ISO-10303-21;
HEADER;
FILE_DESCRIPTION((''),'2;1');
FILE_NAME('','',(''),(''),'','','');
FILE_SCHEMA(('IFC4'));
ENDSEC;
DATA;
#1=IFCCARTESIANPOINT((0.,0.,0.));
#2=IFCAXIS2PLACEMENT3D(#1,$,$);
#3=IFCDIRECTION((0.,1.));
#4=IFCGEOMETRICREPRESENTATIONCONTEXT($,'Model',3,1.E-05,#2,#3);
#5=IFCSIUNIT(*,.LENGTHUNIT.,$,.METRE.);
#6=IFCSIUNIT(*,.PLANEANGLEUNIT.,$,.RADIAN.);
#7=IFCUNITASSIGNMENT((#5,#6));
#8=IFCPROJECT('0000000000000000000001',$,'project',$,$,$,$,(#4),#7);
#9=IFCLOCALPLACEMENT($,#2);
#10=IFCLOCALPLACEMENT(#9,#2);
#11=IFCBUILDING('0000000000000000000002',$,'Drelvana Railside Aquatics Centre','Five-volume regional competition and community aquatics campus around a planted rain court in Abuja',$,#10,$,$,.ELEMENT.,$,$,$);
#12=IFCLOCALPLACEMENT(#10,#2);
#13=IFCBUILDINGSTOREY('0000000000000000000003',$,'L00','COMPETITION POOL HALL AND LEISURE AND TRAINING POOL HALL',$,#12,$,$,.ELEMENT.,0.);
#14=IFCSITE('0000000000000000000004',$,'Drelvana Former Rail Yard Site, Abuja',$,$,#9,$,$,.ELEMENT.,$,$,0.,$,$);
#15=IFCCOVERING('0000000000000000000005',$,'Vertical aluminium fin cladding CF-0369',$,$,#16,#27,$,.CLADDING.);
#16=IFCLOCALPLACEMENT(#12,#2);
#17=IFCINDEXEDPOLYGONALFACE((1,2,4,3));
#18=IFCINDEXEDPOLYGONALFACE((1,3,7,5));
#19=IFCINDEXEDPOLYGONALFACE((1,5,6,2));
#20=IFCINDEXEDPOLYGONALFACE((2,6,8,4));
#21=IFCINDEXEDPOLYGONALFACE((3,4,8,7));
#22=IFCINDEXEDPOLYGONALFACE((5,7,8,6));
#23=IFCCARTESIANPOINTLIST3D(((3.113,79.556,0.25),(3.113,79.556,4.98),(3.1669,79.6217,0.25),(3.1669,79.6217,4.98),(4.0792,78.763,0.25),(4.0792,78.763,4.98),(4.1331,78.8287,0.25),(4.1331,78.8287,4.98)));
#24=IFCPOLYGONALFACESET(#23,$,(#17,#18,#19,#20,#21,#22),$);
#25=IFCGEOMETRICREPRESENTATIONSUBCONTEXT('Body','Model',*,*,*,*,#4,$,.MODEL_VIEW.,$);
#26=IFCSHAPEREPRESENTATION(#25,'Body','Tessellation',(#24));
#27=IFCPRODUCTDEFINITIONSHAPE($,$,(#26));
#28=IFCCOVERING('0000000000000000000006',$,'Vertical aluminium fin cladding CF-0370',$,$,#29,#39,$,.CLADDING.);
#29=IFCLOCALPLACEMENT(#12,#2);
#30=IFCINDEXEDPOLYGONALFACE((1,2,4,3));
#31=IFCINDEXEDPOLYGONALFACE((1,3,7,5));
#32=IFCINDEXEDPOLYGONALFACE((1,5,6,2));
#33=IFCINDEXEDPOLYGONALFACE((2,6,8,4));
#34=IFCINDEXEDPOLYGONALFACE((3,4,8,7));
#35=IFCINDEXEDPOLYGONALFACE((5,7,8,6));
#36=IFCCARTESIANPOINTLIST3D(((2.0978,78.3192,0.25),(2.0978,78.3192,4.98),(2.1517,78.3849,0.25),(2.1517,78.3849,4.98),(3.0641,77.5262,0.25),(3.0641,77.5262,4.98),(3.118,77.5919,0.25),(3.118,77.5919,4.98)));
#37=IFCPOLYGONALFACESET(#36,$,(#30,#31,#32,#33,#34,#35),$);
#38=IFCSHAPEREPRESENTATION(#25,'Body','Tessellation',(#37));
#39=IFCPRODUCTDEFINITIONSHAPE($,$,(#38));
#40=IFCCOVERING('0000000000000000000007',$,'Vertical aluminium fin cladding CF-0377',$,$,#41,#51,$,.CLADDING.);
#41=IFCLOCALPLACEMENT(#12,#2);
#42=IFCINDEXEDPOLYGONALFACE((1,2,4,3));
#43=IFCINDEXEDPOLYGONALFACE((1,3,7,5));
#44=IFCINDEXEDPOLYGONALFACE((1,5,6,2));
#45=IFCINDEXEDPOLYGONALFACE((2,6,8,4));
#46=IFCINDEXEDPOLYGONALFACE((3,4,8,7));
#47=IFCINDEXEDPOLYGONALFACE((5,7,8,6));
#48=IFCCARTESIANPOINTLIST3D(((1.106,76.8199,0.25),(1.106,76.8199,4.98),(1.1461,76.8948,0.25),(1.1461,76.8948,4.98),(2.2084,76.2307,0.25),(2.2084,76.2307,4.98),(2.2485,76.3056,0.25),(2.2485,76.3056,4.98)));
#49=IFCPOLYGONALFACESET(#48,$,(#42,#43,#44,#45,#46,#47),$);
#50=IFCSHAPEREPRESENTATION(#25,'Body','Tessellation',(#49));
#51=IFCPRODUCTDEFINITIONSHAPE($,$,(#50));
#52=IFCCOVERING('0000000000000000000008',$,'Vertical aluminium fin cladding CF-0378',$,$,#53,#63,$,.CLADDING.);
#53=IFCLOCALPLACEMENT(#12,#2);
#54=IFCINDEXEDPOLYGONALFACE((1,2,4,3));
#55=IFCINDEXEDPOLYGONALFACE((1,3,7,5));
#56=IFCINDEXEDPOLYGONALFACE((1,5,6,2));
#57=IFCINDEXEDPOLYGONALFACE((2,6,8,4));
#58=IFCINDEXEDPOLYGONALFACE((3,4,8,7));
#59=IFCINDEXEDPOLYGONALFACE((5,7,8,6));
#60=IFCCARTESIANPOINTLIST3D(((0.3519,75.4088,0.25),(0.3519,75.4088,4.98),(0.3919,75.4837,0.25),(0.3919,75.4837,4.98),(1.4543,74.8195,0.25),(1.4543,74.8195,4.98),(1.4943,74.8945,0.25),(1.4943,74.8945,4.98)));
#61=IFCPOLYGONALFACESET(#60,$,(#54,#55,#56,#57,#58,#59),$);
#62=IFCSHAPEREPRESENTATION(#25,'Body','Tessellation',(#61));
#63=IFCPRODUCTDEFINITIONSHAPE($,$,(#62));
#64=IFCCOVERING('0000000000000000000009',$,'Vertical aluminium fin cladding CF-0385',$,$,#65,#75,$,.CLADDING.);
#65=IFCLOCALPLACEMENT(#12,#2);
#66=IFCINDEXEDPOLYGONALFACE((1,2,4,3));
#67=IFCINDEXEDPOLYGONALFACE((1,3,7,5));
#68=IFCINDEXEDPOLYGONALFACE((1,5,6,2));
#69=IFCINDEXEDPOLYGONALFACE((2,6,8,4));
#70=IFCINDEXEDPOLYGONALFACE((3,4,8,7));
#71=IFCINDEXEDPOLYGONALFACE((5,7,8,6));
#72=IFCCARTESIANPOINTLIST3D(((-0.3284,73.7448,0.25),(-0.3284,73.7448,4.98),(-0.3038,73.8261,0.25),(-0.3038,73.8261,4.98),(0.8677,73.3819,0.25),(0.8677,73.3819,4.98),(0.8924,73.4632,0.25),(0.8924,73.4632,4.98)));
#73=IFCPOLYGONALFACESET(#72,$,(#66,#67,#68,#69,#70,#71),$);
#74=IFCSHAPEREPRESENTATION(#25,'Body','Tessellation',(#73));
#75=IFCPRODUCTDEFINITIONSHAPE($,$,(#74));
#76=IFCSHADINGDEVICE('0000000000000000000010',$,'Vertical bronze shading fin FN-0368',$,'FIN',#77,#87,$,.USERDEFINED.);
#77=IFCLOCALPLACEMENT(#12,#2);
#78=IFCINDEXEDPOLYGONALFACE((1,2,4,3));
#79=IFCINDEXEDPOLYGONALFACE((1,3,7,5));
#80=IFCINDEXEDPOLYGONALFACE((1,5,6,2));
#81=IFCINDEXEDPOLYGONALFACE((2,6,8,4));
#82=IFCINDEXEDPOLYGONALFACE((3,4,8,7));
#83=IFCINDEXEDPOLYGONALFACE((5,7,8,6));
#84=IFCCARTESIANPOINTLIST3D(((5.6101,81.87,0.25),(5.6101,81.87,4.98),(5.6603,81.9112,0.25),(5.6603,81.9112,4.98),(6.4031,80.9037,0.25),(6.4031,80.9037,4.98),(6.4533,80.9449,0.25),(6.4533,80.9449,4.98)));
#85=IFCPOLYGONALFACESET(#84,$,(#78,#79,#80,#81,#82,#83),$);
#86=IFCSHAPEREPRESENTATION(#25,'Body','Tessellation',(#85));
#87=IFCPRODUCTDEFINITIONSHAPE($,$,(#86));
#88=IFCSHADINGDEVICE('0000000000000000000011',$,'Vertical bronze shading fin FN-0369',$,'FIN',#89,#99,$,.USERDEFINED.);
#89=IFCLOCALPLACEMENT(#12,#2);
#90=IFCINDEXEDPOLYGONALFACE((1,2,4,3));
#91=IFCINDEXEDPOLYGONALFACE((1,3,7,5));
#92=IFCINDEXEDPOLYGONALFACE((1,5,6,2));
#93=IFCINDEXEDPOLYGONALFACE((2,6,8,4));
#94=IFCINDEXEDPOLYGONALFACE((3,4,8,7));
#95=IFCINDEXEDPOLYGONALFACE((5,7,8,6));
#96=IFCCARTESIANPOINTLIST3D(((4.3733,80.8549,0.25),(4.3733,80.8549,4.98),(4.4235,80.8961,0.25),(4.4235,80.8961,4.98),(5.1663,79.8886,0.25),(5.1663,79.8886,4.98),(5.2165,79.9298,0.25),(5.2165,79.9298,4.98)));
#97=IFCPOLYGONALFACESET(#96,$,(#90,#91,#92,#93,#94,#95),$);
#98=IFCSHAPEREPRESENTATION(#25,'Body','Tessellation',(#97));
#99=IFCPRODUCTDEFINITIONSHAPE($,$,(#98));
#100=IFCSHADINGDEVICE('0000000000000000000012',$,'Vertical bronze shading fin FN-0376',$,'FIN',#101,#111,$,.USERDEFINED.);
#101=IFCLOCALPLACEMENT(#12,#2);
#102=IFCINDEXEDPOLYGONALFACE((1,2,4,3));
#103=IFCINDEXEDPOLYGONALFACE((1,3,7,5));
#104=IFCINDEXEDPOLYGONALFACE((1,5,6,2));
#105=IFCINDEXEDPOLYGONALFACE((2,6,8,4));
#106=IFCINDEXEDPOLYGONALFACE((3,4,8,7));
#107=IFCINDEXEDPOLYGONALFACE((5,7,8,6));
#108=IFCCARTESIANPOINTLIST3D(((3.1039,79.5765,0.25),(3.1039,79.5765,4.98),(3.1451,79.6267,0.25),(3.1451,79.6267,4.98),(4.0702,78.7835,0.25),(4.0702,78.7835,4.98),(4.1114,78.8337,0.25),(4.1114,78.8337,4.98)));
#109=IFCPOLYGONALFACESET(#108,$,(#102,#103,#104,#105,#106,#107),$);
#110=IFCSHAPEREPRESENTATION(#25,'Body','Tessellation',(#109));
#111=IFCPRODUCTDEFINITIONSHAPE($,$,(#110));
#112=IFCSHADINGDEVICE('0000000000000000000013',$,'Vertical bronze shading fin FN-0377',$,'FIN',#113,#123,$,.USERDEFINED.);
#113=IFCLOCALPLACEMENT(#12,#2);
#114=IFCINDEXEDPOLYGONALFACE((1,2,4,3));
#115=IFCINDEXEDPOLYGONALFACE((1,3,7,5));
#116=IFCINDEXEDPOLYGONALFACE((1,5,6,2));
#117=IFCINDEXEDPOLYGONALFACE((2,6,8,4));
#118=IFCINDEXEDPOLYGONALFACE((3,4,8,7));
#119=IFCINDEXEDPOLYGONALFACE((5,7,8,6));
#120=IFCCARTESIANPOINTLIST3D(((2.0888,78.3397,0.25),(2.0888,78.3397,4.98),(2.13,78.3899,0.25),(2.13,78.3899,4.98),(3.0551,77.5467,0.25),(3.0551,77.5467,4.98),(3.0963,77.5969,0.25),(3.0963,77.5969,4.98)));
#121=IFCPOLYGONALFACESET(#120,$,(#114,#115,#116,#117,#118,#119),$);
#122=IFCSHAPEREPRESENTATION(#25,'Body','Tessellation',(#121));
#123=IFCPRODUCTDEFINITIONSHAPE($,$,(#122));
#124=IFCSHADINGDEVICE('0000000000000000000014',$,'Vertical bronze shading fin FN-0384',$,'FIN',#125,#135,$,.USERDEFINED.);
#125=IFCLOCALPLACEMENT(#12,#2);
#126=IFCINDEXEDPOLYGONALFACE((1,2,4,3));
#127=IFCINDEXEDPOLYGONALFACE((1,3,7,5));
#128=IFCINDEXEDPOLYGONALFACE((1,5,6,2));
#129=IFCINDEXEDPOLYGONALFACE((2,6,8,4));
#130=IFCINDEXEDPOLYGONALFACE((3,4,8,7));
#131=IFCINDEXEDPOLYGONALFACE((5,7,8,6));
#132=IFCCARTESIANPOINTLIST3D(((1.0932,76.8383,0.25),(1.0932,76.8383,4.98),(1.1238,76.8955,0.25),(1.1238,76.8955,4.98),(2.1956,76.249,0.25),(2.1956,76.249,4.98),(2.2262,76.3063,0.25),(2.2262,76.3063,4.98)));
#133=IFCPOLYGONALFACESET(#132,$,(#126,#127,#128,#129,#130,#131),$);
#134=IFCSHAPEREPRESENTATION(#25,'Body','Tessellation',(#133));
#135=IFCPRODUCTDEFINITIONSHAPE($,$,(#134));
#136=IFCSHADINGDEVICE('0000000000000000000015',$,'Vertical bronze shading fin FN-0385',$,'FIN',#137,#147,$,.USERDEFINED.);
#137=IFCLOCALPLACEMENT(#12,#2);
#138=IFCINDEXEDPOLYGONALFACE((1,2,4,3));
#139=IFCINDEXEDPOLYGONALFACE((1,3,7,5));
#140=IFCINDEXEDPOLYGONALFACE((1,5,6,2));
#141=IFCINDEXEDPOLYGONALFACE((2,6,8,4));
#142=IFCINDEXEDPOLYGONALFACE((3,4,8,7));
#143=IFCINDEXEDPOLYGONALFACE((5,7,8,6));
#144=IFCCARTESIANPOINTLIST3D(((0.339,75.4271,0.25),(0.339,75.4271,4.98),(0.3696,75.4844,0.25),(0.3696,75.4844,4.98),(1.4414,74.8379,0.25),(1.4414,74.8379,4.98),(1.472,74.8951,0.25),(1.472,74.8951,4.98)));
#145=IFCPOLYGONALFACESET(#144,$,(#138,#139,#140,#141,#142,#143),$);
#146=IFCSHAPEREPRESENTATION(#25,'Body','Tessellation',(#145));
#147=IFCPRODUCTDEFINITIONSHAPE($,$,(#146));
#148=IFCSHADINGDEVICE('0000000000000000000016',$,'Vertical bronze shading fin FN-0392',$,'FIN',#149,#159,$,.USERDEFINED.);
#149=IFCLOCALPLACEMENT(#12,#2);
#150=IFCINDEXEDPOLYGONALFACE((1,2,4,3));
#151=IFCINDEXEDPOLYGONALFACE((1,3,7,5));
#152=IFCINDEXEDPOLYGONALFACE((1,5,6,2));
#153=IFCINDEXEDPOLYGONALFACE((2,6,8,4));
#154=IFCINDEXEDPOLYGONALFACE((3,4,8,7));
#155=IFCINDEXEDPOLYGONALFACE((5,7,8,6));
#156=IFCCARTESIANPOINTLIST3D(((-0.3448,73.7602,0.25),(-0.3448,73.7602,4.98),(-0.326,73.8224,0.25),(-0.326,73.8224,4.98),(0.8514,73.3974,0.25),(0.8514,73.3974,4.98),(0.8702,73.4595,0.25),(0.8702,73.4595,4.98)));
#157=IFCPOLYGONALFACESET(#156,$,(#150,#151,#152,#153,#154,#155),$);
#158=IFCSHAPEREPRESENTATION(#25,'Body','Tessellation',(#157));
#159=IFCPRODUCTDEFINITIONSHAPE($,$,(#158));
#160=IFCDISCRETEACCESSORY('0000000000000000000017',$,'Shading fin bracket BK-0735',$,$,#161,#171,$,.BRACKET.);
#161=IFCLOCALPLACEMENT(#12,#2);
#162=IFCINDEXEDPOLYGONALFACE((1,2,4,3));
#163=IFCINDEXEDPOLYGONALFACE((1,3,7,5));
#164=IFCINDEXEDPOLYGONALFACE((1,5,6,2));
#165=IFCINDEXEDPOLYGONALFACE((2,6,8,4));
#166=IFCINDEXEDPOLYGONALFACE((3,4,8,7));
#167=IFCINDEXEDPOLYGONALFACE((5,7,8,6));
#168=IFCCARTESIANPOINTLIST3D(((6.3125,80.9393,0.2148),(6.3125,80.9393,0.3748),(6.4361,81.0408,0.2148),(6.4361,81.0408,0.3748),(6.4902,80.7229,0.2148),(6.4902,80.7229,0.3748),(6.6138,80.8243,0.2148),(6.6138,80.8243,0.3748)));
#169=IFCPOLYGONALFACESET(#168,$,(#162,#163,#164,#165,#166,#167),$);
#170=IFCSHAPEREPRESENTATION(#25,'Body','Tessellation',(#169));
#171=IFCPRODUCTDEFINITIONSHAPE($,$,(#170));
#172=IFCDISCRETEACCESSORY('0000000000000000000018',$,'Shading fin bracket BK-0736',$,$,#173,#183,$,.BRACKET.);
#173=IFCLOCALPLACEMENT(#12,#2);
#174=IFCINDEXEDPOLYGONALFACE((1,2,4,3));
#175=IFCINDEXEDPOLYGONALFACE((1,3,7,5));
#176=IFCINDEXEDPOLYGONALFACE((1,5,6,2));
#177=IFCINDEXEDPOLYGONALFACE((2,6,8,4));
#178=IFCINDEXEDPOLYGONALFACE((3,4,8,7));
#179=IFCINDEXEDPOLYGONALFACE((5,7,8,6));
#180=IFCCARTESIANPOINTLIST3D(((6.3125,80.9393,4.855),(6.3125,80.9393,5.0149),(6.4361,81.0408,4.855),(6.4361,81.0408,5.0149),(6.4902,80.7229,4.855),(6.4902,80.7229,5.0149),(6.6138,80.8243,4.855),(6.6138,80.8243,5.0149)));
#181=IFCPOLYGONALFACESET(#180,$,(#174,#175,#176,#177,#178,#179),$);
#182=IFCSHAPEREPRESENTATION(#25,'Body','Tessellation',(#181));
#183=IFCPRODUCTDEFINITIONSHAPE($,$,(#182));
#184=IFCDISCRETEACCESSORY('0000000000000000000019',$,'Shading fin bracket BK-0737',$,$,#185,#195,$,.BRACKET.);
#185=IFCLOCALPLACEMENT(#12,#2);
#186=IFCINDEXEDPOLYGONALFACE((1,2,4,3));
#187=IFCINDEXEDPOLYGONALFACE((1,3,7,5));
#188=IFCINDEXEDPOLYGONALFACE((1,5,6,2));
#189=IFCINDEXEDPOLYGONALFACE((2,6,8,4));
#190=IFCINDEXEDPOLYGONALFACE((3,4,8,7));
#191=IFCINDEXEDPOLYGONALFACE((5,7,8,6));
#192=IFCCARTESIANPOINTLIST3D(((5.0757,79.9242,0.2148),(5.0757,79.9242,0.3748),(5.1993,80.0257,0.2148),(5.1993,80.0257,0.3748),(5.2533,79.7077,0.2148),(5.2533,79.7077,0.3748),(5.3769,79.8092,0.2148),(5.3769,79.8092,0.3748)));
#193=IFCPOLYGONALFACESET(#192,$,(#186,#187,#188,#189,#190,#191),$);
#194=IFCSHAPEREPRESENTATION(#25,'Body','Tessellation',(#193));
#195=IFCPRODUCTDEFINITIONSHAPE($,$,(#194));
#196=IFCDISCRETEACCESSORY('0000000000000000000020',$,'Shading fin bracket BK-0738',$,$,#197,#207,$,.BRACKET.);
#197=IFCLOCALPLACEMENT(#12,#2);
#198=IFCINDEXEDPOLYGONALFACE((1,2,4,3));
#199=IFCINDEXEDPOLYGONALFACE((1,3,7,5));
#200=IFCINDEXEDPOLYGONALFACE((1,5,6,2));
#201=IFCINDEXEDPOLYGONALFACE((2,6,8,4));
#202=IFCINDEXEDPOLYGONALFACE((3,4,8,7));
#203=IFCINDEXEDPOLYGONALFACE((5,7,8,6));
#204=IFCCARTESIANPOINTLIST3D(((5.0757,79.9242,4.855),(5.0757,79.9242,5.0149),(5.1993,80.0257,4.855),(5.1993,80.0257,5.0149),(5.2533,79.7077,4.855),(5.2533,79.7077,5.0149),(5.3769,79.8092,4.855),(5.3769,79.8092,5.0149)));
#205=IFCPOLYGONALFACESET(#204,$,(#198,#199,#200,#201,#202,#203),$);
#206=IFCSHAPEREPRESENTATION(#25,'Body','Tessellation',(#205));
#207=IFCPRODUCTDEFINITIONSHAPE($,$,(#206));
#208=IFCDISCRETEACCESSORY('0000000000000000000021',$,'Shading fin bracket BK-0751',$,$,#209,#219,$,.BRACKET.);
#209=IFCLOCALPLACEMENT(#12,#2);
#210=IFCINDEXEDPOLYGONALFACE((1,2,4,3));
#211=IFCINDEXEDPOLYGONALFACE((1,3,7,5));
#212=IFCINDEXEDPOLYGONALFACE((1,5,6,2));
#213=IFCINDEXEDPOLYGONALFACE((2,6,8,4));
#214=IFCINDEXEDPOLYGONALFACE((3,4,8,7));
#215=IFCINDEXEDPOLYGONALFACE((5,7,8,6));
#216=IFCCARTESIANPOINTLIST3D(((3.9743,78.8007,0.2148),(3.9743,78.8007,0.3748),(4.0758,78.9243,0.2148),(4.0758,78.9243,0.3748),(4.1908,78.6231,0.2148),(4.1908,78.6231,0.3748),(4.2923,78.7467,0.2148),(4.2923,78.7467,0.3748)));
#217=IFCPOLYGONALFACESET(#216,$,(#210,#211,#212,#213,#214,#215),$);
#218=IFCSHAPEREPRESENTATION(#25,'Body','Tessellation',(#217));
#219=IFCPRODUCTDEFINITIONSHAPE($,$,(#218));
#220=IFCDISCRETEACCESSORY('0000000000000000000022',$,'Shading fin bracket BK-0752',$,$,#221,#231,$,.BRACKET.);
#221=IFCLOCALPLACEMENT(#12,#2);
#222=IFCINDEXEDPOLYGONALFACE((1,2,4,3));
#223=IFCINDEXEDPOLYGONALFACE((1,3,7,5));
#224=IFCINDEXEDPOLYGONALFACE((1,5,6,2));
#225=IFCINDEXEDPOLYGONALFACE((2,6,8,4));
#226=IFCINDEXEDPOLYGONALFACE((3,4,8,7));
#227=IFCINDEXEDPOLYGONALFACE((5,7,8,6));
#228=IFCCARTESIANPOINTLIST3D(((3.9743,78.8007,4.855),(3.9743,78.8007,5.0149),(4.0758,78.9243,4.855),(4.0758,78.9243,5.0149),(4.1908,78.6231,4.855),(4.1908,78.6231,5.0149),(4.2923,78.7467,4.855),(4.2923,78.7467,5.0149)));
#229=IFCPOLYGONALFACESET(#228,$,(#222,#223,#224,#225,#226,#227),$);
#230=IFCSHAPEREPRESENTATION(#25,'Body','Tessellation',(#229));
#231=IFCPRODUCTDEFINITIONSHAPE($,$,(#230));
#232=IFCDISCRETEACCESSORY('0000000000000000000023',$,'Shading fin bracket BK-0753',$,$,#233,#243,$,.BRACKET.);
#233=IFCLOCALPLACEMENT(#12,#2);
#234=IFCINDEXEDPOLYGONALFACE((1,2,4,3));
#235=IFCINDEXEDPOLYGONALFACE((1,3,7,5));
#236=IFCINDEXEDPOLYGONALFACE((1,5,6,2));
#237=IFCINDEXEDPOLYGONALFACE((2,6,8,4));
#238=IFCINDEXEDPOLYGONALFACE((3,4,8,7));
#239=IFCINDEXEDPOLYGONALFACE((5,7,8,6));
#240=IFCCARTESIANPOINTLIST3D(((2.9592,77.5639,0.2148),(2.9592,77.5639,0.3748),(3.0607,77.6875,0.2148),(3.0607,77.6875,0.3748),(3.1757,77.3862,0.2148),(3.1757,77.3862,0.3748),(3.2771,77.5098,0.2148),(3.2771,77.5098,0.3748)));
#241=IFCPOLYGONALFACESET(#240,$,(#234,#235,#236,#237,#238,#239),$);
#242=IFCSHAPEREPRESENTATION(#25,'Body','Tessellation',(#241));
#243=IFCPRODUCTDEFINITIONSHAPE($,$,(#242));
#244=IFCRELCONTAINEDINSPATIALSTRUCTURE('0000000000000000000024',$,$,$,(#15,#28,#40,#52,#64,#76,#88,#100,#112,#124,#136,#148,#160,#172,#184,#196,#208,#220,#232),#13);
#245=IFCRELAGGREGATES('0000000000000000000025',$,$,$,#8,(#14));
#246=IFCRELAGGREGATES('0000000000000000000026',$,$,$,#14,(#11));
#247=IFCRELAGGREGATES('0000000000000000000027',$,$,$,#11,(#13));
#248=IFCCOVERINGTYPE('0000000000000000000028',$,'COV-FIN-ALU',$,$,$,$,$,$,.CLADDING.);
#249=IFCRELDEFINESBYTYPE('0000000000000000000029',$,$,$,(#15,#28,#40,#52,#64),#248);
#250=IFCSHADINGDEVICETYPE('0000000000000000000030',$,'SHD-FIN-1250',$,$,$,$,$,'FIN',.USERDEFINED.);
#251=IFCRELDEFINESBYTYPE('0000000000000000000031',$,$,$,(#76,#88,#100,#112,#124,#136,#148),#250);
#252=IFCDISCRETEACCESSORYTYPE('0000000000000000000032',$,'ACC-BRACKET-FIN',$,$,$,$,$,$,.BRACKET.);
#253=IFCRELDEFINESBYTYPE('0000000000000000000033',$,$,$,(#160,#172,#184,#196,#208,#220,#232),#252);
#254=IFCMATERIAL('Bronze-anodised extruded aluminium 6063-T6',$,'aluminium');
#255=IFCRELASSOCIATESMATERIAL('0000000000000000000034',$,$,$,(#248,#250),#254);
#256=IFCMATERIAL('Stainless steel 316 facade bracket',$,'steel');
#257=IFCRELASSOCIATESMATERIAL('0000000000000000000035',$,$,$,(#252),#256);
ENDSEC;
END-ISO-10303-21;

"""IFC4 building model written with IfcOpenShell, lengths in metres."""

from ifc_helpers import new_model, si_unit, direction, frame, origin, origin_2d, place, context, subcontext, project, spatial, rectangle, extrude, material, type_object, element, save


model = new_model("IFC4")

# Units and contexts
model_context = context("Model", 3, precision=1e-05, world=origin(), true_north=direction((0.0, 1.0)))
body_context = subcontext(model_context, "Body", "Model", "MODEL_VIEW")
ifc_project = project(units=[si_unit("LENGTHUNIT", "METRE"), si_unit("PLANEANGLEUNIT", "RADIAN")], contexts=[model_context])

# Site, building, storey
site_placement = place(None, origin())
site = spatial("IfcSite", under=ifc_project, at=site_placement, Name="Drelvana Former Rail Yard Site, Abuja", CompositionType="ELEMENT", RefElevation=0.0)
building_placement = place(site_placement, origin())
building = spatial("IfcBuilding", under=site, at=building_placement, Name="Drelvana Railside Aquatics Centre", Description="Five-volume regional competition and community aquatics campus around a planted rain court in Abuja", CompositionType="ELEMENT")
storey_placement = place(building_placement, origin())
storey = spatial("IfcBuildingStorey", under=building, at=storey_placement, Name="L00", Description="COMPETITION POOL HALL AND LEISURE AND TRAINING POOL HALL", CompositionType="ELEMENT", Elevation=0.0)

# Coverings
ifc_material_1 = material(Name="Bronze-anodised extruded aluminium 6063-T6", Category="aluminium")
covering_type = type_object("IfcCoveringType", Name="COV-FIN-ALU", PredefinedType="CLADDING", material=ifc_material_1)
for number, where, z_axis, x_axis, name in (
    (1, (3.623, 79.1924, 0.25), (0.0, 0.0, 1.0), (0.634393, 0.77301, 0.0), "Vertical aluminium fin cladding CF-0369"),
    (2, (2.6079, 77.9556, 0.25), (0.0, 0.0, 1.0), (0.634393, 0.77301, 0.0), "Vertical aluminium fin cladding CF-0370"),
    (3, (1.6772, 76.5627, 0.25), (0.0, 0.0, 1.0), (0.471397, 0.881921, 0.0), "Vertical aluminium fin cladding CF-0377"),
    (4, (0.9231, 75.1516, 0.25), (0.0, 0.0, 1.0), (0.471397, 0.881921, 0.0), "Vertical aluminium fin cladding CF-0378"),
    (5, (0.282, 73.604, 0.25), (0.0, 0.0, 1.0), (0.290285, 0.95694, 0.0), "Vertical aluminium fin cladding CF-0385"),
):
    element("IfcCovering", number, at=place(storey_placement, frame(where, z_axis=z_axis, x_axis=x_axis)), inside=storey, type_object=covering_type, Name=name, PredefinedType="CLADDING", context=body_context, shape_type="SweptSolid", body=[
        extrude(rectangle(XDim=0.085, YDim=1.25, at=origin_2d()), origin(), (0.0, 0.0, 1.0), 4.73),
    ])

# Shading devices
shading_device_type = type_object("IfcShadingDeviceType", Name="SHD-FIN-1250", ElementType="FIN", PredefinedType="USERDEFINED", material=ifc_material_1)
for number, where, z_axis, x_axis, name in (
    (6, (6.0317, 81.4075, 0.25), (0.0, 0.0, 1.0), (-0.634393, 0.77301, 0.0), "Vertical bronze shading fin FN-0368"),
    (7, (4.7949, 80.3923, 0.25), (0.0, 0.0, 1.0), (-0.634393, 0.77301, 0.0), "Vertical bronze shading fin FN-0369"),
    (8, (3.6077, 79.2051, 0.25), (0.0, 0.0, 1.0), (-0.77301, 0.634393, 0.0), "Vertical bronze shading fin FN-0376"),
    (9, (2.5925, 77.9683, 0.25), (0.0, 0.0, 1.0), (-0.77301, 0.634393, 0.0), "Vertical bronze shading fin FN-0377"),
    (10, (1.6597, 76.5723, 0.25), (0.0, 0.0, 1.0), (-0.881921, 0.471397, 0.0), "Vertical bronze shading fin FN-0384"),
    (11, (0.9055, 75.1611, 0.25), (0.0, 0.0, 1.0), (-0.881921, 0.471397, 0.0), "Vertical bronze shading fin FN-0385"),
    (12, (0.2627, 73.6099, 0.25), (0.0, 0.0, 1.0), (-0.95694, 0.290285, 0.0), "Vertical bronze shading fin FN-0392"),
):
    element("IfcShadingDevice", number, at=place(storey_placement, frame(where, z_axis=z_axis, x_axis=x_axis)), inside=storey, type_object=shading_device_type, Name=name, ObjectType="FIN", PredefinedType="USERDEFINED", context=body_context, shape_type="SweptSolid", body=[
        extrude(rectangle(XDim=1.25, YDim=0.0649, at=origin_2d()), origin(), (0.0, 0.0, 1.0), 4.73),
    ])

# Discrete accessories
ifc_material_2 = material(Name="Stainless steel 316 facade bracket", Category="steel")
discrete_accessory_type = type_object("IfcDiscreteAccessoryType", Name="ACC-BRACKET-FIN", PredefinedType="BRACKET", material=ifc_material_2)
for number, where, z_axis, x_axis, name in (
    (13, (6.4631, 80.8818, 0.2148), (0.0, 0.0, 1.0), (-0.634393, 0.77301, 0.0), "Shading fin bracket BK-0735"),
    (14, (6.4631, 80.8818, 4.855), (0.0, 0.0, 1.0), (-0.634393, 0.77301, 0.0), "Shading fin bracket BK-0736"),
    (15, (5.2263, 79.8667, 0.2148), (0.0, 0.0, 1.0), (-0.634393, 0.77301, 0.0), "Shading fin bracket BK-0737"),
    (16, (5.2263, 79.8667, 4.855), (0.0, 0.0, 1.0), (-0.634393, 0.77301, 0.0), "Shading fin bracket BK-0738"),
    (17, (4.1333, 78.7737, 0.2148), (0.0, 0.0, 1.0), (-0.77301, 0.634393, 0.0), "Shading fin bracket BK-0751"),
    (18, (4.1333, 78.7737, 4.855), (0.0, 0.0, 1.0), (-0.77301, 0.634393, 0.0), "Shading fin bracket BK-0752"),
    (19, (3.1182, 77.5369, 0.2148), (0.0, 0.0, 1.0), (-0.77301, 0.634393, 0.0), "Shading fin bracket BK-0753"),
):
    element("IfcDiscreteAccessory", number, at=place(storey_placement, frame(where, z_axis=z_axis, x_axis=x_axis)), inside=storey, type_object=discrete_accessory_type, Name=name, PredefinedType="BRACKET", context=body_context, shape_type="SweptSolid", body=[
        extrude(rectangle(XDim=0.28, YDim=0.1599, at=origin_2d()), origin(), (0.0, 0.0, 1.0), 0.1599),
    ])

save(model, "model.ifc")
